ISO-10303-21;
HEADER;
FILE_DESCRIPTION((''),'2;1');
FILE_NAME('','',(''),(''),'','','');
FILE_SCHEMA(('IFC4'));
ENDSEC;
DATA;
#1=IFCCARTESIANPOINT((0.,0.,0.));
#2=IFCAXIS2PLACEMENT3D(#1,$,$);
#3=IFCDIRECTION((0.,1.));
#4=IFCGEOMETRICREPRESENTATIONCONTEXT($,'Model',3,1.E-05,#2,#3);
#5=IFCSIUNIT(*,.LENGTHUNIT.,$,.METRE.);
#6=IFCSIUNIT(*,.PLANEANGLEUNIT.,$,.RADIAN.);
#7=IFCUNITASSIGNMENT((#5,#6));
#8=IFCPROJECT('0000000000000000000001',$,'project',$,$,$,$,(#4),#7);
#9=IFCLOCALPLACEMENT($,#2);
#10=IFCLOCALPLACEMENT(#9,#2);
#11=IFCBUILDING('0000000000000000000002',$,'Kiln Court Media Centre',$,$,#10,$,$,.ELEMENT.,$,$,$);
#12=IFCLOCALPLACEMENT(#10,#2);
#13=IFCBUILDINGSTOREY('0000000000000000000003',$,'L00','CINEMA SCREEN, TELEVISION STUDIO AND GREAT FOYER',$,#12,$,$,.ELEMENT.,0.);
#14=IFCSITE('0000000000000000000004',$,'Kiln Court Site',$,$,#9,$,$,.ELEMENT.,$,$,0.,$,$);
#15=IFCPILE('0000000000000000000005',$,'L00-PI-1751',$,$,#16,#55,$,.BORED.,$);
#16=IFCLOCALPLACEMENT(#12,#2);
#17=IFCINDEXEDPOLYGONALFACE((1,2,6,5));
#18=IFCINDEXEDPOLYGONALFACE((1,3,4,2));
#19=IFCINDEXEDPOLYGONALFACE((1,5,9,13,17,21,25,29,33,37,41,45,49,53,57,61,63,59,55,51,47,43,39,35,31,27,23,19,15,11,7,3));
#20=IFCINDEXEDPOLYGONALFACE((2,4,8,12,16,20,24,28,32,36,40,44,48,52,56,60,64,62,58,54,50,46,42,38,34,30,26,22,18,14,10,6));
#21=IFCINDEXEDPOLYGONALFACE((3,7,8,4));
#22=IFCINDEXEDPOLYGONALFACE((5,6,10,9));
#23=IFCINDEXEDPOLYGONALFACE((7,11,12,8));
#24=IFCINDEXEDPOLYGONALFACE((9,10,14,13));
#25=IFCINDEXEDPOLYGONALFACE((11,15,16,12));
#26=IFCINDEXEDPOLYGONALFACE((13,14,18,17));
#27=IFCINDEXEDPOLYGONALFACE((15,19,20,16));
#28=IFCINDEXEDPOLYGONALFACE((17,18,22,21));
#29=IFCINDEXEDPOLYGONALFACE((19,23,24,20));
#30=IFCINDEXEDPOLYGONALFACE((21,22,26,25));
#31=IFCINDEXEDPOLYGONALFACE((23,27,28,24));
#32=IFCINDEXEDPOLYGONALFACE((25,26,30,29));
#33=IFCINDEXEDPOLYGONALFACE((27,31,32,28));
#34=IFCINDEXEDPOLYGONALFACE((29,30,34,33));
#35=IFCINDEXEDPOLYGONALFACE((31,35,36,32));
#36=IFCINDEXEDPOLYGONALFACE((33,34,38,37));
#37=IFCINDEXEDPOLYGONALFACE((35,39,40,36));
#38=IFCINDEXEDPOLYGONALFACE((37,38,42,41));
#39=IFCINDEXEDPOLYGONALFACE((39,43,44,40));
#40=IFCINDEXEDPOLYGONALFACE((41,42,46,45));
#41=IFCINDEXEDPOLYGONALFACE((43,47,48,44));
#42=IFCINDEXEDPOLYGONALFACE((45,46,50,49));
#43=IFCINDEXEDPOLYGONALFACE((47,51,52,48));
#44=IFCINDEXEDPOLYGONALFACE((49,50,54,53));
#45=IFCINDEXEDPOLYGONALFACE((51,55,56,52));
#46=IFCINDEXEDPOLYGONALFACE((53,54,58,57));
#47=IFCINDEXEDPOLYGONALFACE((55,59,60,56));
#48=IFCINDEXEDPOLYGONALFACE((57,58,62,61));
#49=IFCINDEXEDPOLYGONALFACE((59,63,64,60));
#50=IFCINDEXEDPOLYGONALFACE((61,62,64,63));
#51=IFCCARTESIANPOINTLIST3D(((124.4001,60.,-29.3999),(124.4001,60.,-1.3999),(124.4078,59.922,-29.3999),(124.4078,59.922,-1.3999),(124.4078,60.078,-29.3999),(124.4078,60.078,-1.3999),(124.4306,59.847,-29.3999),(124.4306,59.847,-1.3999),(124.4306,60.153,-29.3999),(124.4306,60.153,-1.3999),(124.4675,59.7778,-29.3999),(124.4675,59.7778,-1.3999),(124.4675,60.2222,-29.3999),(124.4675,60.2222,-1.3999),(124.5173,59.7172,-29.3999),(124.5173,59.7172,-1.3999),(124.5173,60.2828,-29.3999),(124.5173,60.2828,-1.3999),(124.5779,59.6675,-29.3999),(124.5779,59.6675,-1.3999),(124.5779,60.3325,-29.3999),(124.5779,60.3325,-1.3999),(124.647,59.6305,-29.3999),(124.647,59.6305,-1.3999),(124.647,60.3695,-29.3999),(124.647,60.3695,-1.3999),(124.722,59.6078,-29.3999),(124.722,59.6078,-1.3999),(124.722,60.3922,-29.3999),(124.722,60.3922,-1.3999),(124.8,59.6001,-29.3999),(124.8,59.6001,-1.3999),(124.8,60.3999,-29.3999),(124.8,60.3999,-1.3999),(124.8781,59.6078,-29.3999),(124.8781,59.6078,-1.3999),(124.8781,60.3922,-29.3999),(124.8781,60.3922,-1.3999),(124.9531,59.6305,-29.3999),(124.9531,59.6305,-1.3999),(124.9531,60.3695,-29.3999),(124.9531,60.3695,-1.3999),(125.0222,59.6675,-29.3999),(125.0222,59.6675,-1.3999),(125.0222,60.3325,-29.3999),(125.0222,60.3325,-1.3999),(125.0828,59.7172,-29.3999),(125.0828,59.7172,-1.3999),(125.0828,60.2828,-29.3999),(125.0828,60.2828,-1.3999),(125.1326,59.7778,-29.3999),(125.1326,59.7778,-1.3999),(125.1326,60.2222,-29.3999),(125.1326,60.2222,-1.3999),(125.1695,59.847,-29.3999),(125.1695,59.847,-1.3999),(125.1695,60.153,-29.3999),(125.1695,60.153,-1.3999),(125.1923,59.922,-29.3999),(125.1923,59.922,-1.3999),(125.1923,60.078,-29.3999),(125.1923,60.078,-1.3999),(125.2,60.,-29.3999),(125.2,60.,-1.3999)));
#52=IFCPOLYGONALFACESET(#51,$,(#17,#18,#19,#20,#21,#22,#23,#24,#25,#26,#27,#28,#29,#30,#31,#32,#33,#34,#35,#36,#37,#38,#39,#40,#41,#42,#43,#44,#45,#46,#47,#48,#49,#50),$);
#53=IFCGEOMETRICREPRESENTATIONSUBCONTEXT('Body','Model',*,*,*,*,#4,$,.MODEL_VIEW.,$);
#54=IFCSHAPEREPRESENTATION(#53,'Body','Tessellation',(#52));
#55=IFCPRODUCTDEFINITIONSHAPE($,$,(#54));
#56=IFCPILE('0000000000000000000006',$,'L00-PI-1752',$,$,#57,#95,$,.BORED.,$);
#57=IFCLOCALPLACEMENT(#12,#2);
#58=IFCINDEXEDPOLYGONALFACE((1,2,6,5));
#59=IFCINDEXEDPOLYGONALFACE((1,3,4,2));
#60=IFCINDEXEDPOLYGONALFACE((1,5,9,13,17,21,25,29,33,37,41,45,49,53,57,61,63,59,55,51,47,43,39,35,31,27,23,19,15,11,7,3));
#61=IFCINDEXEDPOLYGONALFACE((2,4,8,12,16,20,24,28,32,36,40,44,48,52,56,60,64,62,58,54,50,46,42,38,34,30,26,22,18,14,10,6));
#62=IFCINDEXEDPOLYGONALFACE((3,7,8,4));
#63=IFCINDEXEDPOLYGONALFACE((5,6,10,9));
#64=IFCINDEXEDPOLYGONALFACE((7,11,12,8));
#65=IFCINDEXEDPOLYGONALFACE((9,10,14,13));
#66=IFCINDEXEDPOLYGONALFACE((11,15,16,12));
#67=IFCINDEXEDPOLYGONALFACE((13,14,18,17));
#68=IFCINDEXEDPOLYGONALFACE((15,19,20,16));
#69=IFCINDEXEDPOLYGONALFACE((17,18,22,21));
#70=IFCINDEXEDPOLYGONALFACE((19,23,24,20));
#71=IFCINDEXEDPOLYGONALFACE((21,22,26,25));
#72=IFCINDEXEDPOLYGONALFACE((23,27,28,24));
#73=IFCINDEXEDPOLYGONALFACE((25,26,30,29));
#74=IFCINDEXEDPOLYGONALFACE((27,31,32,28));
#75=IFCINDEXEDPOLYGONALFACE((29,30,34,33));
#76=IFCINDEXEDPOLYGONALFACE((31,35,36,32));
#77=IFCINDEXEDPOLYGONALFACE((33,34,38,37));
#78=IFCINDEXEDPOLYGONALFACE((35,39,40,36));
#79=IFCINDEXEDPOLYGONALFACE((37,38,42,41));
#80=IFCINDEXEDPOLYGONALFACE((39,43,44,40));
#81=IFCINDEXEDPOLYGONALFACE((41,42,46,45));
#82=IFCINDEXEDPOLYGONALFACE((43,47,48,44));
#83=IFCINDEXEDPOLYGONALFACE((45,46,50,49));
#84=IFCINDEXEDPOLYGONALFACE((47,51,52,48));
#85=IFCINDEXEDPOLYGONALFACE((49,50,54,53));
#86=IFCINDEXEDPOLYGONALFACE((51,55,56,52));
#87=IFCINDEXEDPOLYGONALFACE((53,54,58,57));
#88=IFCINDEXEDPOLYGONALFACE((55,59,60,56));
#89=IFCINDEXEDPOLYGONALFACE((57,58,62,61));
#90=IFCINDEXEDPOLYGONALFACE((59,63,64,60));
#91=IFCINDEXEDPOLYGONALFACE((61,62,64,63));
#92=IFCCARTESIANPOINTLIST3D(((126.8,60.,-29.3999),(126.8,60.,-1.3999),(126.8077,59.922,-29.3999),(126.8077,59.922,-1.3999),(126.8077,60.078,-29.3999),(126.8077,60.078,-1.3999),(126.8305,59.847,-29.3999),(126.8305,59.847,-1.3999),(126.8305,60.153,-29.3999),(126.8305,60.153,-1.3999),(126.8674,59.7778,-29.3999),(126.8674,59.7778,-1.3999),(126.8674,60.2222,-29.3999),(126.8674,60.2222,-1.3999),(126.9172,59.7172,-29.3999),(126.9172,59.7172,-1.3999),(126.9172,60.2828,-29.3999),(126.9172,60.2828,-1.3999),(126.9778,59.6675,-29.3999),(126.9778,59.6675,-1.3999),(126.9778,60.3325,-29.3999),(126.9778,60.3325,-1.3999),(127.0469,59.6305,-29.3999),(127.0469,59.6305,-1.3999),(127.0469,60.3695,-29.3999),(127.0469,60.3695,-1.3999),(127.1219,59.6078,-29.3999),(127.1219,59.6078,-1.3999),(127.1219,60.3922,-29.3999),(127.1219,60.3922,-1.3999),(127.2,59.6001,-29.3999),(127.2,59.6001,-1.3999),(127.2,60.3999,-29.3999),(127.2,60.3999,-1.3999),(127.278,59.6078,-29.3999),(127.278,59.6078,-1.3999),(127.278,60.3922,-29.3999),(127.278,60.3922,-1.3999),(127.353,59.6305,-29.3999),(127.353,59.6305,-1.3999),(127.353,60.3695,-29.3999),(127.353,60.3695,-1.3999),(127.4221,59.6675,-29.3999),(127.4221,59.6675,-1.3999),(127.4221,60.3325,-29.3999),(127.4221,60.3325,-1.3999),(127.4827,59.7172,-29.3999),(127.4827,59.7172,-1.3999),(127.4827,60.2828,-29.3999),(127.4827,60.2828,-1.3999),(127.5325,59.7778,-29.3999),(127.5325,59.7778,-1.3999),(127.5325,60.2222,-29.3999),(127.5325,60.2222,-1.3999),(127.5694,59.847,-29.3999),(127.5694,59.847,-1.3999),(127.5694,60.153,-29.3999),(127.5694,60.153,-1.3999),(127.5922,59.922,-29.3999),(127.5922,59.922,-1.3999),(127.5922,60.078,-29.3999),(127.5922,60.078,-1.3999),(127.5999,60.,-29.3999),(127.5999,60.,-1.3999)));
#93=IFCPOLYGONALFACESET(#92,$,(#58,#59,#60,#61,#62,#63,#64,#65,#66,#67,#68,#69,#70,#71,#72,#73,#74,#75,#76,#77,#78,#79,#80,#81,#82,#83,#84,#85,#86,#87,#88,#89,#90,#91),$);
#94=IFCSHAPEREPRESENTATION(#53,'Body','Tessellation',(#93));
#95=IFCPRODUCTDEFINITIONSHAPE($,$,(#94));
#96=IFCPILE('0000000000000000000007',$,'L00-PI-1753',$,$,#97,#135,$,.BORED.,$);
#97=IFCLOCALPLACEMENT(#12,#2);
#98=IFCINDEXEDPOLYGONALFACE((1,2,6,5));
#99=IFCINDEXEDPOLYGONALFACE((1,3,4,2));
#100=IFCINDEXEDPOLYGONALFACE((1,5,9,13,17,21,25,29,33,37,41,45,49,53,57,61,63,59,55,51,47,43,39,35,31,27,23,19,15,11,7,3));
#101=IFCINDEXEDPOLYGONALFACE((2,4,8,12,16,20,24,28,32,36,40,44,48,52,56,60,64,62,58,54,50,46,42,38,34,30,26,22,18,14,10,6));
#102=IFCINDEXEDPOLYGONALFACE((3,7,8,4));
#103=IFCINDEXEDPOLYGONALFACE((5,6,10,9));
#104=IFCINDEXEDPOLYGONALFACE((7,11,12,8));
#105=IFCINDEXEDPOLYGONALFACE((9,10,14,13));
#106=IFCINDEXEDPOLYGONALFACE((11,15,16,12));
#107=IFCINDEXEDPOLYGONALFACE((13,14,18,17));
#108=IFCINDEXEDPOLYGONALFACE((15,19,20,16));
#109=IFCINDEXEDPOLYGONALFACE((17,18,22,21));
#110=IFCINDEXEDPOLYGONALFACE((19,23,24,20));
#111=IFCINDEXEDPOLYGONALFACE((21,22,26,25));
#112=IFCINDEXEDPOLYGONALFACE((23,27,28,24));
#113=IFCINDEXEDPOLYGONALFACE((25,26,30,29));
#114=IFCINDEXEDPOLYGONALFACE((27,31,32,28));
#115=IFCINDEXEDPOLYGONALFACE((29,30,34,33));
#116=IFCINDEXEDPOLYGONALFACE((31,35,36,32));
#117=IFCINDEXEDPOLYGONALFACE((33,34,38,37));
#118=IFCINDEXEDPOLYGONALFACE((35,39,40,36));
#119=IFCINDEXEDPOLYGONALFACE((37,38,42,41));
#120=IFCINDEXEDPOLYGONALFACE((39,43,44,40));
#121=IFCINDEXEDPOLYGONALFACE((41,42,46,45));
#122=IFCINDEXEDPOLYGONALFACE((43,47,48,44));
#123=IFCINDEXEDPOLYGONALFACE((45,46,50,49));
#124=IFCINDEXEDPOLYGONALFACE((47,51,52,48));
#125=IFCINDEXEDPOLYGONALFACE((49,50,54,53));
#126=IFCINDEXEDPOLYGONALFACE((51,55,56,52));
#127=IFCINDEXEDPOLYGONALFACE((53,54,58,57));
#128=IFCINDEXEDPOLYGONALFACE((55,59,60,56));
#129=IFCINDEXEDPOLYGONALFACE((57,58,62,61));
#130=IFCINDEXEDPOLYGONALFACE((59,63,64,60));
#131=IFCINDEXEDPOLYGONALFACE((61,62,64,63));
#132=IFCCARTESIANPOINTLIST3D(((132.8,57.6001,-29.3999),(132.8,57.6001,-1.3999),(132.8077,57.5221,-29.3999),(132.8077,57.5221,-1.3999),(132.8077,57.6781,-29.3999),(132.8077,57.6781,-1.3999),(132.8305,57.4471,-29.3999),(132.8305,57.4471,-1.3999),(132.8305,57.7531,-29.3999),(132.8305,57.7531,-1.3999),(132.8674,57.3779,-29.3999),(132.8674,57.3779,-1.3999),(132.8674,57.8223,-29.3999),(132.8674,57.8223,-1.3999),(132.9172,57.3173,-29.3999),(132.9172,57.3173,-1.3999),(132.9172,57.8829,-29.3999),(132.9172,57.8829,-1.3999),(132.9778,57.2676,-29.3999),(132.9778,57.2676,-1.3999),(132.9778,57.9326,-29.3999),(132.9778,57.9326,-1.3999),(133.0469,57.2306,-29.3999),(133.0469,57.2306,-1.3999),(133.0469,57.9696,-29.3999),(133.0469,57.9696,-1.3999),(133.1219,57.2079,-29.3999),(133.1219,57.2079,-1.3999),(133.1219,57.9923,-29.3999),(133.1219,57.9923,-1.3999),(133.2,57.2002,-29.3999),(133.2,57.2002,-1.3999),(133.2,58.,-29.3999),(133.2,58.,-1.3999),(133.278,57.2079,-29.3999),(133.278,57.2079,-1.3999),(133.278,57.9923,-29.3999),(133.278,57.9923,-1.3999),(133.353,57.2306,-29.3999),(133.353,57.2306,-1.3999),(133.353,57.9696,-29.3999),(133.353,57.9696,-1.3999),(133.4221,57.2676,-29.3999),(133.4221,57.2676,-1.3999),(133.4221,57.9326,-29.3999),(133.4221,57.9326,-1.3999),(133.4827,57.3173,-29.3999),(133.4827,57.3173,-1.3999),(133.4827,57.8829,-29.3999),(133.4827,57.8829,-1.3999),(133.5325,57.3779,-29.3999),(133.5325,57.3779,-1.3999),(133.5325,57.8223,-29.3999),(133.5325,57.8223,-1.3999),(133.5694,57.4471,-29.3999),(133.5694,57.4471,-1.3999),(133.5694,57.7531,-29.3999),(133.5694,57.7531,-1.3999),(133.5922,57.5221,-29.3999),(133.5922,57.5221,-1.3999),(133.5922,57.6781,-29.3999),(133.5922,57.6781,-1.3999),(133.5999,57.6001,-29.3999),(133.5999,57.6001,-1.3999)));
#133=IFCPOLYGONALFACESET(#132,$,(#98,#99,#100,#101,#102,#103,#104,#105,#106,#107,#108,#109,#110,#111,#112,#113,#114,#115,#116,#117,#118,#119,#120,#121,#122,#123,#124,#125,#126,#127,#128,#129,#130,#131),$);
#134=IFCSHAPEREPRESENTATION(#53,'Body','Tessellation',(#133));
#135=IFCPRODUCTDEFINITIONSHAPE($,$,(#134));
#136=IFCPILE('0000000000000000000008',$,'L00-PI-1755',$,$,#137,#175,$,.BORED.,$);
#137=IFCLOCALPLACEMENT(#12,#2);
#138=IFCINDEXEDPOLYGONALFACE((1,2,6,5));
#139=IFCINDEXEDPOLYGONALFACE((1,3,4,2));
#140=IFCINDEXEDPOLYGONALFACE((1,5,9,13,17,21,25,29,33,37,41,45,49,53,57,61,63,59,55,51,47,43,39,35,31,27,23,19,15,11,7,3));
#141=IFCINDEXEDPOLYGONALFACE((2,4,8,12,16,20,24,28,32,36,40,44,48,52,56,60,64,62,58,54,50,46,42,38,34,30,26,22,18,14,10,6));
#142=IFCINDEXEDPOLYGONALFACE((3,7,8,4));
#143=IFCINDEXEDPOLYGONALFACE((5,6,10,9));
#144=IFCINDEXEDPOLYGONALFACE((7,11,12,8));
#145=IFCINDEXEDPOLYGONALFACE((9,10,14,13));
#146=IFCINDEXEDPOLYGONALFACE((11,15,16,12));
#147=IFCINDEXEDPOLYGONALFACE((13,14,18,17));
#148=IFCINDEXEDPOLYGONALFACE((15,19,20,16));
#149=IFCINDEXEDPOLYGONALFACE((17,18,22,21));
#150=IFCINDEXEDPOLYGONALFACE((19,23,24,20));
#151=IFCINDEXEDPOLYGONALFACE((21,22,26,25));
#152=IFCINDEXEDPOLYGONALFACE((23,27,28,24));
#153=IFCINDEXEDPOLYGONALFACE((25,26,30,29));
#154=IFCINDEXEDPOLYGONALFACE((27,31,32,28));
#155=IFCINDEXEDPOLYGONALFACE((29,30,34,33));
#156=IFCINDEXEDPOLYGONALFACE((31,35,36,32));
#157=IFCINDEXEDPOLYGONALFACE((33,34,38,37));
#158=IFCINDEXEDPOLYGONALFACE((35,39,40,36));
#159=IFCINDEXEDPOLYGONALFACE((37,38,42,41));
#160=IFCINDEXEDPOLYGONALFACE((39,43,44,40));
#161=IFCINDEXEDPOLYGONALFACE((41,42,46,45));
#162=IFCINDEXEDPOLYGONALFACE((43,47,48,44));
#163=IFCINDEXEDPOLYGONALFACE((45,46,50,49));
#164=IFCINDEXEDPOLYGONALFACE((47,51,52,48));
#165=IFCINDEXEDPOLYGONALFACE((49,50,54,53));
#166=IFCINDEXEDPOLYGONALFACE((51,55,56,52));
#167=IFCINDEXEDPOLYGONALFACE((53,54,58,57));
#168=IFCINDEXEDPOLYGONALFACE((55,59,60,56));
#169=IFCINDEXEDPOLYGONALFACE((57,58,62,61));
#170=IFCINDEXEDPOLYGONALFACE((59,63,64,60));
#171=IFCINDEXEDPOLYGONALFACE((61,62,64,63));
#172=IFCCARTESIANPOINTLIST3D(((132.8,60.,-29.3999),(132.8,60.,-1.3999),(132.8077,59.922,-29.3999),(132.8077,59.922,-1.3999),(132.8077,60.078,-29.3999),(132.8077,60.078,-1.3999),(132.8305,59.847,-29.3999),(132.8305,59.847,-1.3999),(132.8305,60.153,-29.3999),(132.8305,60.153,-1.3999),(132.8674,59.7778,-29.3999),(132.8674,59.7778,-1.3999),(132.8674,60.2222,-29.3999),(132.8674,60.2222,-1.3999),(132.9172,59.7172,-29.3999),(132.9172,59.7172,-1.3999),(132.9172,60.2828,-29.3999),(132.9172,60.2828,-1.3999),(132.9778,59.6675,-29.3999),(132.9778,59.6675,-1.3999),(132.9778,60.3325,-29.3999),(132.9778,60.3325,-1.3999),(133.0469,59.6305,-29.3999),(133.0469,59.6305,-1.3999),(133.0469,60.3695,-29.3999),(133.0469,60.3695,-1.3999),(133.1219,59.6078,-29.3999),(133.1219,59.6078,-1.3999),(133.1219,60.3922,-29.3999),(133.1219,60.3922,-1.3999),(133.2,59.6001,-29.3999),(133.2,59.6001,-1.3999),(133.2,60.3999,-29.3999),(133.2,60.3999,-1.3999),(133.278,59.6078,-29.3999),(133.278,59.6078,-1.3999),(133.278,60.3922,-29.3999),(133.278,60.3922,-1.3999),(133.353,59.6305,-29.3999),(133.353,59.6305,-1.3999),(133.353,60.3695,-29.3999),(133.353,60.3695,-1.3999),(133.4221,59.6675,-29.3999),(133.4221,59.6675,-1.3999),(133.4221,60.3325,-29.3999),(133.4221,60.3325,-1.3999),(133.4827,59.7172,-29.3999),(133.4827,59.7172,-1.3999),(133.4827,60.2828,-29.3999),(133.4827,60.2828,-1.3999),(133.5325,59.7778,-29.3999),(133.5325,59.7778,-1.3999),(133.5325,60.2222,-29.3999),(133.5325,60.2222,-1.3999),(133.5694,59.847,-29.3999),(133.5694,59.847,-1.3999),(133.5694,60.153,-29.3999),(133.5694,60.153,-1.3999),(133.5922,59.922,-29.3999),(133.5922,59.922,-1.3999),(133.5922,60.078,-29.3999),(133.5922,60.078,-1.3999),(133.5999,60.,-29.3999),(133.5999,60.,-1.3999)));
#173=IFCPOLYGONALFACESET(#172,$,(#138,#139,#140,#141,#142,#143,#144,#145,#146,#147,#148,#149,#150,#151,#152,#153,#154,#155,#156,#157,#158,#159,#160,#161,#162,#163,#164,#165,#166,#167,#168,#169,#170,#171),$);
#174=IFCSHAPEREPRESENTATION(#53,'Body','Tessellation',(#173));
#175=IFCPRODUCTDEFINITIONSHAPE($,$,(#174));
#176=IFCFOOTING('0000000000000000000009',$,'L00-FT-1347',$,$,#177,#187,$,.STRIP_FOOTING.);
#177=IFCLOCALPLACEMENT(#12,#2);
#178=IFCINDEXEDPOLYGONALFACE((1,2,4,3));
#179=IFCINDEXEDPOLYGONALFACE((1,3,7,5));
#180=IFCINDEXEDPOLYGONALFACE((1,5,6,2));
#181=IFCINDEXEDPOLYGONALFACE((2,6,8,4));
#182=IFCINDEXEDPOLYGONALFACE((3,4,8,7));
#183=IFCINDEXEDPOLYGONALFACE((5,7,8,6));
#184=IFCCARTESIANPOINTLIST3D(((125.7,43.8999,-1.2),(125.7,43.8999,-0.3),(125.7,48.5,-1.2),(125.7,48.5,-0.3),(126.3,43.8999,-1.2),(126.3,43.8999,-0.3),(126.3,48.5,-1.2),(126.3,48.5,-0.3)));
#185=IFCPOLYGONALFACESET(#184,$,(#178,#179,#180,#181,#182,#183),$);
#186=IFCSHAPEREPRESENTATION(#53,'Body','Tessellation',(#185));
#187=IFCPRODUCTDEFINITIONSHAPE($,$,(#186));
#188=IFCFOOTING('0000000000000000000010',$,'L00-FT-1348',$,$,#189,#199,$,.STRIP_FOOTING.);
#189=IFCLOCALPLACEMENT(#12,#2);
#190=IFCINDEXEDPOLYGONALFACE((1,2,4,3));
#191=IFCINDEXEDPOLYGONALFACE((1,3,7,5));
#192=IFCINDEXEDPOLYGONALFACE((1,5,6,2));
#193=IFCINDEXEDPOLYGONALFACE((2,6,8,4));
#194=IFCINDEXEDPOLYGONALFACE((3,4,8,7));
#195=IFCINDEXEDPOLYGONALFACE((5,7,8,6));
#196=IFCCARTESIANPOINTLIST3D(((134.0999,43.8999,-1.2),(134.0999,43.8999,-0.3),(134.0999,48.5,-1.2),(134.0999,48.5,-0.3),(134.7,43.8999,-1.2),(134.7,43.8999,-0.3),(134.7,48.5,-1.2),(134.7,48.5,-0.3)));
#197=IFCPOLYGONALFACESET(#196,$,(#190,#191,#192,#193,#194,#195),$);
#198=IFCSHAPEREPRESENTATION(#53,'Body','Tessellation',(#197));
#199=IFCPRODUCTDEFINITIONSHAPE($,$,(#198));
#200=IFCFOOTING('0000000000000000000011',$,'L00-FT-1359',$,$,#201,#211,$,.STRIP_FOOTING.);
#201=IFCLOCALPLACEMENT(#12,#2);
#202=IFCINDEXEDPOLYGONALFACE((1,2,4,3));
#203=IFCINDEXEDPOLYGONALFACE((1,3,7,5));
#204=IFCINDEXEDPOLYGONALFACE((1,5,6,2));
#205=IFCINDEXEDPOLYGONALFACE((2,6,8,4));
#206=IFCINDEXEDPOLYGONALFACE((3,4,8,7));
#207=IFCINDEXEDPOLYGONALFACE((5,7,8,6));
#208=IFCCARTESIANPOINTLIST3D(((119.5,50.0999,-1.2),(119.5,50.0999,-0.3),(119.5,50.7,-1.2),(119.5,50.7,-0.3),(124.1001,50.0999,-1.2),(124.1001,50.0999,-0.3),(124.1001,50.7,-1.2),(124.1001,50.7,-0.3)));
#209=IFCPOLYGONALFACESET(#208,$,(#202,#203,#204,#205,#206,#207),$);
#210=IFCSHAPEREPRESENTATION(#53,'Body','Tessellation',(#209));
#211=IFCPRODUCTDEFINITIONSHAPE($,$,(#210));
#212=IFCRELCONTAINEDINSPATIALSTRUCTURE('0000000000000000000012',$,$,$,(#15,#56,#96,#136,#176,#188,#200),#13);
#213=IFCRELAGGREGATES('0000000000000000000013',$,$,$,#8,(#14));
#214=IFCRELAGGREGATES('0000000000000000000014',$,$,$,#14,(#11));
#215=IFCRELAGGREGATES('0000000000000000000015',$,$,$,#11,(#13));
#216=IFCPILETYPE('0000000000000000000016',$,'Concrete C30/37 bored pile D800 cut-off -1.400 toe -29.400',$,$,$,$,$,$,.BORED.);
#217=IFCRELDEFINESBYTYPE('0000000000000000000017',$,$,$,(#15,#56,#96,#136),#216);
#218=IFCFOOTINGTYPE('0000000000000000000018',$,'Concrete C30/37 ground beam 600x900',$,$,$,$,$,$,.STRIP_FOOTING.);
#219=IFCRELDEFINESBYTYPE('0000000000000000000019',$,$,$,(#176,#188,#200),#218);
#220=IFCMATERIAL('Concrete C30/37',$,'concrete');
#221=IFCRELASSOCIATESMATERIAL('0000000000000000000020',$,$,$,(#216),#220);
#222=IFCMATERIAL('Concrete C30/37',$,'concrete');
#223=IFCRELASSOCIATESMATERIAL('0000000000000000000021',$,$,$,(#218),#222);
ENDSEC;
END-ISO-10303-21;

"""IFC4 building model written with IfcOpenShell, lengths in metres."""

from ifc_helpers import new_model, si_unit, direction, frame, origin, origin_2d, place, context, subcontext, project, spatial, rectangle, circle, extrude, material, material_profile, profile_set, type_object, element, save


model = new_model("IFC4")

# Units and contexts
model_context = context("Model", 3, precision=1e-05, world=origin(), true_north=direction((0.0, 1.0)))
body_context = subcontext(model_context, "Body", "Model", "MODEL_VIEW")
ifc_project = project(units=[si_unit("LENGTHUNIT", "METRE"), si_unit("PLANEANGLEUNIT", "RADIAN")], contexts=[model_context])

# Site, building, storey
site_placement = place(None, origin())
site = spatial("IfcSite", under=ifc_project, at=site_placement, Name="Kiln Court Site", CompositionType="ELEMENT", RefElevation=0.0)
building_placement = place(site_placement, origin())
building = spatial("IfcBuilding", under=site, at=building_placement, Name="Kiln Court Media Centre", CompositionType="ELEMENT")
storey_placement = place(building_placement, origin())
storey = spatial("IfcBuildingStorey", under=building, at=storey_placement, Name="L00", Description="CINEMA SCREEN, TELEVISION STUDIO AND GREAT FOYER", CompositionType="ELEMENT", Elevation=0.0)

# Piles
ifc_material_1 = material(Name="Concrete C30/37", Category="concrete")
ifc_material_profile_1 = material_profile(ifc_material_1, circle(Radius=0.3999, at=origin_2d()), Name="PILE D800")
ifc_profile_set_1 = profile_set([ifc_material_profile_1], Name="Concrete C30/37")
pile_type = type_object("IfcPileType", Name="Concrete C30/37 bored pile D800 cut-off -1.400 toe -29.400", PredefinedType="BORED", material=ifc_profile_set_1)
for number, where, z_axis, x_axis, name in (
    (1, (124.8, 60.0, -1.3999), (0.0, 0.0, -1.0), (1.0, 0.0, 0.0), "L00-PI-1751"),
    (2, (127.2, 60.0, -1.3999), (0.0, 0.0, -1.0), (1.0, 0.0, 0.0), "L00-PI-1752"),
    (3, (133.2, 57.6001, -1.3999), (0.0, 0.0, -1.0), (1.0, 0.0, 0.0), "L00-PI-1753"),
    (4, (133.2, 60.0, -1.3999), (0.0, 0.0, -1.0), (1.0, 0.0, 0.0), "L00-PI-1755"),
):
    element("IfcPile", number, at=place(storey_placement, frame(where, z_axis=z_axis, x_axis=x_axis)), inside=storey, type_object=pile_type, Name=name, PredefinedType="BORED", context=body_context, shape_type="SweptSolid", body=[
        extrude(circle(Radius=0.3999, at=origin_2d()), origin(), (0.0, 0.0, 1.0), 28.0),
    ])

# Footings
ifc_material_2 = material(Name="Concrete C30/37", Category="concrete")
footing_type_1 = type_object("IfcFootingType", Name="Concrete C30/37 ground beam 600x900", PredefinedType="STRIP_FOOTING", material=ifc_material_2)
for number, where, z_axis, x_axis, name in (
    (5, (126.0, 46.2, -1.2), (0.0, 0.0, 1.0), (1.0, 0.0, 0.0), "L00-FT-1347"),
    (6, (134.3999, 46.2, -1.2), (0.0, 0.0, 1.0), (1.0, 0.0, 0.0), "L00-FT-1348"),
):
    element("IfcFooting", number, at=place(storey_placement, frame(where, z_axis=z_axis, x_axis=x_axis)), inside=storey, type_object=footing_type_1, Name=name, PredefinedType="STRIP_FOOTING", context=body_context, shape_type="SweptSolid", body=[
        extrude(rectangle(XDim=0.6001, YDim=4.6001, at=origin_2d()), origin(), (0.0, 0.0, 1.0), 0.8999),
    ])
for number, where, z_axis, x_axis, name in (
    (7, (121.8, 50.3999, -1.2), (0.0, 0.0, 1.0), (1.0, 0.0, 0.0), "L00-FT-1359"),
):
    element("IfcFooting", number, at=place(storey_placement, frame(where, z_axis=z_axis, x_axis=x_axis)), inside=storey, type_object=footing_type_1, Name=name, PredefinedType="STRIP_FOOTING", context=body_context, shape_type="SweptSolid", body=[
        extrude(rectangle(XDim=4.6001, YDim=0.6001, at=origin_2d()), origin(), (0.0, 0.0, 1.0), 0.8999),
    ])

save(model, "model.ifc")
